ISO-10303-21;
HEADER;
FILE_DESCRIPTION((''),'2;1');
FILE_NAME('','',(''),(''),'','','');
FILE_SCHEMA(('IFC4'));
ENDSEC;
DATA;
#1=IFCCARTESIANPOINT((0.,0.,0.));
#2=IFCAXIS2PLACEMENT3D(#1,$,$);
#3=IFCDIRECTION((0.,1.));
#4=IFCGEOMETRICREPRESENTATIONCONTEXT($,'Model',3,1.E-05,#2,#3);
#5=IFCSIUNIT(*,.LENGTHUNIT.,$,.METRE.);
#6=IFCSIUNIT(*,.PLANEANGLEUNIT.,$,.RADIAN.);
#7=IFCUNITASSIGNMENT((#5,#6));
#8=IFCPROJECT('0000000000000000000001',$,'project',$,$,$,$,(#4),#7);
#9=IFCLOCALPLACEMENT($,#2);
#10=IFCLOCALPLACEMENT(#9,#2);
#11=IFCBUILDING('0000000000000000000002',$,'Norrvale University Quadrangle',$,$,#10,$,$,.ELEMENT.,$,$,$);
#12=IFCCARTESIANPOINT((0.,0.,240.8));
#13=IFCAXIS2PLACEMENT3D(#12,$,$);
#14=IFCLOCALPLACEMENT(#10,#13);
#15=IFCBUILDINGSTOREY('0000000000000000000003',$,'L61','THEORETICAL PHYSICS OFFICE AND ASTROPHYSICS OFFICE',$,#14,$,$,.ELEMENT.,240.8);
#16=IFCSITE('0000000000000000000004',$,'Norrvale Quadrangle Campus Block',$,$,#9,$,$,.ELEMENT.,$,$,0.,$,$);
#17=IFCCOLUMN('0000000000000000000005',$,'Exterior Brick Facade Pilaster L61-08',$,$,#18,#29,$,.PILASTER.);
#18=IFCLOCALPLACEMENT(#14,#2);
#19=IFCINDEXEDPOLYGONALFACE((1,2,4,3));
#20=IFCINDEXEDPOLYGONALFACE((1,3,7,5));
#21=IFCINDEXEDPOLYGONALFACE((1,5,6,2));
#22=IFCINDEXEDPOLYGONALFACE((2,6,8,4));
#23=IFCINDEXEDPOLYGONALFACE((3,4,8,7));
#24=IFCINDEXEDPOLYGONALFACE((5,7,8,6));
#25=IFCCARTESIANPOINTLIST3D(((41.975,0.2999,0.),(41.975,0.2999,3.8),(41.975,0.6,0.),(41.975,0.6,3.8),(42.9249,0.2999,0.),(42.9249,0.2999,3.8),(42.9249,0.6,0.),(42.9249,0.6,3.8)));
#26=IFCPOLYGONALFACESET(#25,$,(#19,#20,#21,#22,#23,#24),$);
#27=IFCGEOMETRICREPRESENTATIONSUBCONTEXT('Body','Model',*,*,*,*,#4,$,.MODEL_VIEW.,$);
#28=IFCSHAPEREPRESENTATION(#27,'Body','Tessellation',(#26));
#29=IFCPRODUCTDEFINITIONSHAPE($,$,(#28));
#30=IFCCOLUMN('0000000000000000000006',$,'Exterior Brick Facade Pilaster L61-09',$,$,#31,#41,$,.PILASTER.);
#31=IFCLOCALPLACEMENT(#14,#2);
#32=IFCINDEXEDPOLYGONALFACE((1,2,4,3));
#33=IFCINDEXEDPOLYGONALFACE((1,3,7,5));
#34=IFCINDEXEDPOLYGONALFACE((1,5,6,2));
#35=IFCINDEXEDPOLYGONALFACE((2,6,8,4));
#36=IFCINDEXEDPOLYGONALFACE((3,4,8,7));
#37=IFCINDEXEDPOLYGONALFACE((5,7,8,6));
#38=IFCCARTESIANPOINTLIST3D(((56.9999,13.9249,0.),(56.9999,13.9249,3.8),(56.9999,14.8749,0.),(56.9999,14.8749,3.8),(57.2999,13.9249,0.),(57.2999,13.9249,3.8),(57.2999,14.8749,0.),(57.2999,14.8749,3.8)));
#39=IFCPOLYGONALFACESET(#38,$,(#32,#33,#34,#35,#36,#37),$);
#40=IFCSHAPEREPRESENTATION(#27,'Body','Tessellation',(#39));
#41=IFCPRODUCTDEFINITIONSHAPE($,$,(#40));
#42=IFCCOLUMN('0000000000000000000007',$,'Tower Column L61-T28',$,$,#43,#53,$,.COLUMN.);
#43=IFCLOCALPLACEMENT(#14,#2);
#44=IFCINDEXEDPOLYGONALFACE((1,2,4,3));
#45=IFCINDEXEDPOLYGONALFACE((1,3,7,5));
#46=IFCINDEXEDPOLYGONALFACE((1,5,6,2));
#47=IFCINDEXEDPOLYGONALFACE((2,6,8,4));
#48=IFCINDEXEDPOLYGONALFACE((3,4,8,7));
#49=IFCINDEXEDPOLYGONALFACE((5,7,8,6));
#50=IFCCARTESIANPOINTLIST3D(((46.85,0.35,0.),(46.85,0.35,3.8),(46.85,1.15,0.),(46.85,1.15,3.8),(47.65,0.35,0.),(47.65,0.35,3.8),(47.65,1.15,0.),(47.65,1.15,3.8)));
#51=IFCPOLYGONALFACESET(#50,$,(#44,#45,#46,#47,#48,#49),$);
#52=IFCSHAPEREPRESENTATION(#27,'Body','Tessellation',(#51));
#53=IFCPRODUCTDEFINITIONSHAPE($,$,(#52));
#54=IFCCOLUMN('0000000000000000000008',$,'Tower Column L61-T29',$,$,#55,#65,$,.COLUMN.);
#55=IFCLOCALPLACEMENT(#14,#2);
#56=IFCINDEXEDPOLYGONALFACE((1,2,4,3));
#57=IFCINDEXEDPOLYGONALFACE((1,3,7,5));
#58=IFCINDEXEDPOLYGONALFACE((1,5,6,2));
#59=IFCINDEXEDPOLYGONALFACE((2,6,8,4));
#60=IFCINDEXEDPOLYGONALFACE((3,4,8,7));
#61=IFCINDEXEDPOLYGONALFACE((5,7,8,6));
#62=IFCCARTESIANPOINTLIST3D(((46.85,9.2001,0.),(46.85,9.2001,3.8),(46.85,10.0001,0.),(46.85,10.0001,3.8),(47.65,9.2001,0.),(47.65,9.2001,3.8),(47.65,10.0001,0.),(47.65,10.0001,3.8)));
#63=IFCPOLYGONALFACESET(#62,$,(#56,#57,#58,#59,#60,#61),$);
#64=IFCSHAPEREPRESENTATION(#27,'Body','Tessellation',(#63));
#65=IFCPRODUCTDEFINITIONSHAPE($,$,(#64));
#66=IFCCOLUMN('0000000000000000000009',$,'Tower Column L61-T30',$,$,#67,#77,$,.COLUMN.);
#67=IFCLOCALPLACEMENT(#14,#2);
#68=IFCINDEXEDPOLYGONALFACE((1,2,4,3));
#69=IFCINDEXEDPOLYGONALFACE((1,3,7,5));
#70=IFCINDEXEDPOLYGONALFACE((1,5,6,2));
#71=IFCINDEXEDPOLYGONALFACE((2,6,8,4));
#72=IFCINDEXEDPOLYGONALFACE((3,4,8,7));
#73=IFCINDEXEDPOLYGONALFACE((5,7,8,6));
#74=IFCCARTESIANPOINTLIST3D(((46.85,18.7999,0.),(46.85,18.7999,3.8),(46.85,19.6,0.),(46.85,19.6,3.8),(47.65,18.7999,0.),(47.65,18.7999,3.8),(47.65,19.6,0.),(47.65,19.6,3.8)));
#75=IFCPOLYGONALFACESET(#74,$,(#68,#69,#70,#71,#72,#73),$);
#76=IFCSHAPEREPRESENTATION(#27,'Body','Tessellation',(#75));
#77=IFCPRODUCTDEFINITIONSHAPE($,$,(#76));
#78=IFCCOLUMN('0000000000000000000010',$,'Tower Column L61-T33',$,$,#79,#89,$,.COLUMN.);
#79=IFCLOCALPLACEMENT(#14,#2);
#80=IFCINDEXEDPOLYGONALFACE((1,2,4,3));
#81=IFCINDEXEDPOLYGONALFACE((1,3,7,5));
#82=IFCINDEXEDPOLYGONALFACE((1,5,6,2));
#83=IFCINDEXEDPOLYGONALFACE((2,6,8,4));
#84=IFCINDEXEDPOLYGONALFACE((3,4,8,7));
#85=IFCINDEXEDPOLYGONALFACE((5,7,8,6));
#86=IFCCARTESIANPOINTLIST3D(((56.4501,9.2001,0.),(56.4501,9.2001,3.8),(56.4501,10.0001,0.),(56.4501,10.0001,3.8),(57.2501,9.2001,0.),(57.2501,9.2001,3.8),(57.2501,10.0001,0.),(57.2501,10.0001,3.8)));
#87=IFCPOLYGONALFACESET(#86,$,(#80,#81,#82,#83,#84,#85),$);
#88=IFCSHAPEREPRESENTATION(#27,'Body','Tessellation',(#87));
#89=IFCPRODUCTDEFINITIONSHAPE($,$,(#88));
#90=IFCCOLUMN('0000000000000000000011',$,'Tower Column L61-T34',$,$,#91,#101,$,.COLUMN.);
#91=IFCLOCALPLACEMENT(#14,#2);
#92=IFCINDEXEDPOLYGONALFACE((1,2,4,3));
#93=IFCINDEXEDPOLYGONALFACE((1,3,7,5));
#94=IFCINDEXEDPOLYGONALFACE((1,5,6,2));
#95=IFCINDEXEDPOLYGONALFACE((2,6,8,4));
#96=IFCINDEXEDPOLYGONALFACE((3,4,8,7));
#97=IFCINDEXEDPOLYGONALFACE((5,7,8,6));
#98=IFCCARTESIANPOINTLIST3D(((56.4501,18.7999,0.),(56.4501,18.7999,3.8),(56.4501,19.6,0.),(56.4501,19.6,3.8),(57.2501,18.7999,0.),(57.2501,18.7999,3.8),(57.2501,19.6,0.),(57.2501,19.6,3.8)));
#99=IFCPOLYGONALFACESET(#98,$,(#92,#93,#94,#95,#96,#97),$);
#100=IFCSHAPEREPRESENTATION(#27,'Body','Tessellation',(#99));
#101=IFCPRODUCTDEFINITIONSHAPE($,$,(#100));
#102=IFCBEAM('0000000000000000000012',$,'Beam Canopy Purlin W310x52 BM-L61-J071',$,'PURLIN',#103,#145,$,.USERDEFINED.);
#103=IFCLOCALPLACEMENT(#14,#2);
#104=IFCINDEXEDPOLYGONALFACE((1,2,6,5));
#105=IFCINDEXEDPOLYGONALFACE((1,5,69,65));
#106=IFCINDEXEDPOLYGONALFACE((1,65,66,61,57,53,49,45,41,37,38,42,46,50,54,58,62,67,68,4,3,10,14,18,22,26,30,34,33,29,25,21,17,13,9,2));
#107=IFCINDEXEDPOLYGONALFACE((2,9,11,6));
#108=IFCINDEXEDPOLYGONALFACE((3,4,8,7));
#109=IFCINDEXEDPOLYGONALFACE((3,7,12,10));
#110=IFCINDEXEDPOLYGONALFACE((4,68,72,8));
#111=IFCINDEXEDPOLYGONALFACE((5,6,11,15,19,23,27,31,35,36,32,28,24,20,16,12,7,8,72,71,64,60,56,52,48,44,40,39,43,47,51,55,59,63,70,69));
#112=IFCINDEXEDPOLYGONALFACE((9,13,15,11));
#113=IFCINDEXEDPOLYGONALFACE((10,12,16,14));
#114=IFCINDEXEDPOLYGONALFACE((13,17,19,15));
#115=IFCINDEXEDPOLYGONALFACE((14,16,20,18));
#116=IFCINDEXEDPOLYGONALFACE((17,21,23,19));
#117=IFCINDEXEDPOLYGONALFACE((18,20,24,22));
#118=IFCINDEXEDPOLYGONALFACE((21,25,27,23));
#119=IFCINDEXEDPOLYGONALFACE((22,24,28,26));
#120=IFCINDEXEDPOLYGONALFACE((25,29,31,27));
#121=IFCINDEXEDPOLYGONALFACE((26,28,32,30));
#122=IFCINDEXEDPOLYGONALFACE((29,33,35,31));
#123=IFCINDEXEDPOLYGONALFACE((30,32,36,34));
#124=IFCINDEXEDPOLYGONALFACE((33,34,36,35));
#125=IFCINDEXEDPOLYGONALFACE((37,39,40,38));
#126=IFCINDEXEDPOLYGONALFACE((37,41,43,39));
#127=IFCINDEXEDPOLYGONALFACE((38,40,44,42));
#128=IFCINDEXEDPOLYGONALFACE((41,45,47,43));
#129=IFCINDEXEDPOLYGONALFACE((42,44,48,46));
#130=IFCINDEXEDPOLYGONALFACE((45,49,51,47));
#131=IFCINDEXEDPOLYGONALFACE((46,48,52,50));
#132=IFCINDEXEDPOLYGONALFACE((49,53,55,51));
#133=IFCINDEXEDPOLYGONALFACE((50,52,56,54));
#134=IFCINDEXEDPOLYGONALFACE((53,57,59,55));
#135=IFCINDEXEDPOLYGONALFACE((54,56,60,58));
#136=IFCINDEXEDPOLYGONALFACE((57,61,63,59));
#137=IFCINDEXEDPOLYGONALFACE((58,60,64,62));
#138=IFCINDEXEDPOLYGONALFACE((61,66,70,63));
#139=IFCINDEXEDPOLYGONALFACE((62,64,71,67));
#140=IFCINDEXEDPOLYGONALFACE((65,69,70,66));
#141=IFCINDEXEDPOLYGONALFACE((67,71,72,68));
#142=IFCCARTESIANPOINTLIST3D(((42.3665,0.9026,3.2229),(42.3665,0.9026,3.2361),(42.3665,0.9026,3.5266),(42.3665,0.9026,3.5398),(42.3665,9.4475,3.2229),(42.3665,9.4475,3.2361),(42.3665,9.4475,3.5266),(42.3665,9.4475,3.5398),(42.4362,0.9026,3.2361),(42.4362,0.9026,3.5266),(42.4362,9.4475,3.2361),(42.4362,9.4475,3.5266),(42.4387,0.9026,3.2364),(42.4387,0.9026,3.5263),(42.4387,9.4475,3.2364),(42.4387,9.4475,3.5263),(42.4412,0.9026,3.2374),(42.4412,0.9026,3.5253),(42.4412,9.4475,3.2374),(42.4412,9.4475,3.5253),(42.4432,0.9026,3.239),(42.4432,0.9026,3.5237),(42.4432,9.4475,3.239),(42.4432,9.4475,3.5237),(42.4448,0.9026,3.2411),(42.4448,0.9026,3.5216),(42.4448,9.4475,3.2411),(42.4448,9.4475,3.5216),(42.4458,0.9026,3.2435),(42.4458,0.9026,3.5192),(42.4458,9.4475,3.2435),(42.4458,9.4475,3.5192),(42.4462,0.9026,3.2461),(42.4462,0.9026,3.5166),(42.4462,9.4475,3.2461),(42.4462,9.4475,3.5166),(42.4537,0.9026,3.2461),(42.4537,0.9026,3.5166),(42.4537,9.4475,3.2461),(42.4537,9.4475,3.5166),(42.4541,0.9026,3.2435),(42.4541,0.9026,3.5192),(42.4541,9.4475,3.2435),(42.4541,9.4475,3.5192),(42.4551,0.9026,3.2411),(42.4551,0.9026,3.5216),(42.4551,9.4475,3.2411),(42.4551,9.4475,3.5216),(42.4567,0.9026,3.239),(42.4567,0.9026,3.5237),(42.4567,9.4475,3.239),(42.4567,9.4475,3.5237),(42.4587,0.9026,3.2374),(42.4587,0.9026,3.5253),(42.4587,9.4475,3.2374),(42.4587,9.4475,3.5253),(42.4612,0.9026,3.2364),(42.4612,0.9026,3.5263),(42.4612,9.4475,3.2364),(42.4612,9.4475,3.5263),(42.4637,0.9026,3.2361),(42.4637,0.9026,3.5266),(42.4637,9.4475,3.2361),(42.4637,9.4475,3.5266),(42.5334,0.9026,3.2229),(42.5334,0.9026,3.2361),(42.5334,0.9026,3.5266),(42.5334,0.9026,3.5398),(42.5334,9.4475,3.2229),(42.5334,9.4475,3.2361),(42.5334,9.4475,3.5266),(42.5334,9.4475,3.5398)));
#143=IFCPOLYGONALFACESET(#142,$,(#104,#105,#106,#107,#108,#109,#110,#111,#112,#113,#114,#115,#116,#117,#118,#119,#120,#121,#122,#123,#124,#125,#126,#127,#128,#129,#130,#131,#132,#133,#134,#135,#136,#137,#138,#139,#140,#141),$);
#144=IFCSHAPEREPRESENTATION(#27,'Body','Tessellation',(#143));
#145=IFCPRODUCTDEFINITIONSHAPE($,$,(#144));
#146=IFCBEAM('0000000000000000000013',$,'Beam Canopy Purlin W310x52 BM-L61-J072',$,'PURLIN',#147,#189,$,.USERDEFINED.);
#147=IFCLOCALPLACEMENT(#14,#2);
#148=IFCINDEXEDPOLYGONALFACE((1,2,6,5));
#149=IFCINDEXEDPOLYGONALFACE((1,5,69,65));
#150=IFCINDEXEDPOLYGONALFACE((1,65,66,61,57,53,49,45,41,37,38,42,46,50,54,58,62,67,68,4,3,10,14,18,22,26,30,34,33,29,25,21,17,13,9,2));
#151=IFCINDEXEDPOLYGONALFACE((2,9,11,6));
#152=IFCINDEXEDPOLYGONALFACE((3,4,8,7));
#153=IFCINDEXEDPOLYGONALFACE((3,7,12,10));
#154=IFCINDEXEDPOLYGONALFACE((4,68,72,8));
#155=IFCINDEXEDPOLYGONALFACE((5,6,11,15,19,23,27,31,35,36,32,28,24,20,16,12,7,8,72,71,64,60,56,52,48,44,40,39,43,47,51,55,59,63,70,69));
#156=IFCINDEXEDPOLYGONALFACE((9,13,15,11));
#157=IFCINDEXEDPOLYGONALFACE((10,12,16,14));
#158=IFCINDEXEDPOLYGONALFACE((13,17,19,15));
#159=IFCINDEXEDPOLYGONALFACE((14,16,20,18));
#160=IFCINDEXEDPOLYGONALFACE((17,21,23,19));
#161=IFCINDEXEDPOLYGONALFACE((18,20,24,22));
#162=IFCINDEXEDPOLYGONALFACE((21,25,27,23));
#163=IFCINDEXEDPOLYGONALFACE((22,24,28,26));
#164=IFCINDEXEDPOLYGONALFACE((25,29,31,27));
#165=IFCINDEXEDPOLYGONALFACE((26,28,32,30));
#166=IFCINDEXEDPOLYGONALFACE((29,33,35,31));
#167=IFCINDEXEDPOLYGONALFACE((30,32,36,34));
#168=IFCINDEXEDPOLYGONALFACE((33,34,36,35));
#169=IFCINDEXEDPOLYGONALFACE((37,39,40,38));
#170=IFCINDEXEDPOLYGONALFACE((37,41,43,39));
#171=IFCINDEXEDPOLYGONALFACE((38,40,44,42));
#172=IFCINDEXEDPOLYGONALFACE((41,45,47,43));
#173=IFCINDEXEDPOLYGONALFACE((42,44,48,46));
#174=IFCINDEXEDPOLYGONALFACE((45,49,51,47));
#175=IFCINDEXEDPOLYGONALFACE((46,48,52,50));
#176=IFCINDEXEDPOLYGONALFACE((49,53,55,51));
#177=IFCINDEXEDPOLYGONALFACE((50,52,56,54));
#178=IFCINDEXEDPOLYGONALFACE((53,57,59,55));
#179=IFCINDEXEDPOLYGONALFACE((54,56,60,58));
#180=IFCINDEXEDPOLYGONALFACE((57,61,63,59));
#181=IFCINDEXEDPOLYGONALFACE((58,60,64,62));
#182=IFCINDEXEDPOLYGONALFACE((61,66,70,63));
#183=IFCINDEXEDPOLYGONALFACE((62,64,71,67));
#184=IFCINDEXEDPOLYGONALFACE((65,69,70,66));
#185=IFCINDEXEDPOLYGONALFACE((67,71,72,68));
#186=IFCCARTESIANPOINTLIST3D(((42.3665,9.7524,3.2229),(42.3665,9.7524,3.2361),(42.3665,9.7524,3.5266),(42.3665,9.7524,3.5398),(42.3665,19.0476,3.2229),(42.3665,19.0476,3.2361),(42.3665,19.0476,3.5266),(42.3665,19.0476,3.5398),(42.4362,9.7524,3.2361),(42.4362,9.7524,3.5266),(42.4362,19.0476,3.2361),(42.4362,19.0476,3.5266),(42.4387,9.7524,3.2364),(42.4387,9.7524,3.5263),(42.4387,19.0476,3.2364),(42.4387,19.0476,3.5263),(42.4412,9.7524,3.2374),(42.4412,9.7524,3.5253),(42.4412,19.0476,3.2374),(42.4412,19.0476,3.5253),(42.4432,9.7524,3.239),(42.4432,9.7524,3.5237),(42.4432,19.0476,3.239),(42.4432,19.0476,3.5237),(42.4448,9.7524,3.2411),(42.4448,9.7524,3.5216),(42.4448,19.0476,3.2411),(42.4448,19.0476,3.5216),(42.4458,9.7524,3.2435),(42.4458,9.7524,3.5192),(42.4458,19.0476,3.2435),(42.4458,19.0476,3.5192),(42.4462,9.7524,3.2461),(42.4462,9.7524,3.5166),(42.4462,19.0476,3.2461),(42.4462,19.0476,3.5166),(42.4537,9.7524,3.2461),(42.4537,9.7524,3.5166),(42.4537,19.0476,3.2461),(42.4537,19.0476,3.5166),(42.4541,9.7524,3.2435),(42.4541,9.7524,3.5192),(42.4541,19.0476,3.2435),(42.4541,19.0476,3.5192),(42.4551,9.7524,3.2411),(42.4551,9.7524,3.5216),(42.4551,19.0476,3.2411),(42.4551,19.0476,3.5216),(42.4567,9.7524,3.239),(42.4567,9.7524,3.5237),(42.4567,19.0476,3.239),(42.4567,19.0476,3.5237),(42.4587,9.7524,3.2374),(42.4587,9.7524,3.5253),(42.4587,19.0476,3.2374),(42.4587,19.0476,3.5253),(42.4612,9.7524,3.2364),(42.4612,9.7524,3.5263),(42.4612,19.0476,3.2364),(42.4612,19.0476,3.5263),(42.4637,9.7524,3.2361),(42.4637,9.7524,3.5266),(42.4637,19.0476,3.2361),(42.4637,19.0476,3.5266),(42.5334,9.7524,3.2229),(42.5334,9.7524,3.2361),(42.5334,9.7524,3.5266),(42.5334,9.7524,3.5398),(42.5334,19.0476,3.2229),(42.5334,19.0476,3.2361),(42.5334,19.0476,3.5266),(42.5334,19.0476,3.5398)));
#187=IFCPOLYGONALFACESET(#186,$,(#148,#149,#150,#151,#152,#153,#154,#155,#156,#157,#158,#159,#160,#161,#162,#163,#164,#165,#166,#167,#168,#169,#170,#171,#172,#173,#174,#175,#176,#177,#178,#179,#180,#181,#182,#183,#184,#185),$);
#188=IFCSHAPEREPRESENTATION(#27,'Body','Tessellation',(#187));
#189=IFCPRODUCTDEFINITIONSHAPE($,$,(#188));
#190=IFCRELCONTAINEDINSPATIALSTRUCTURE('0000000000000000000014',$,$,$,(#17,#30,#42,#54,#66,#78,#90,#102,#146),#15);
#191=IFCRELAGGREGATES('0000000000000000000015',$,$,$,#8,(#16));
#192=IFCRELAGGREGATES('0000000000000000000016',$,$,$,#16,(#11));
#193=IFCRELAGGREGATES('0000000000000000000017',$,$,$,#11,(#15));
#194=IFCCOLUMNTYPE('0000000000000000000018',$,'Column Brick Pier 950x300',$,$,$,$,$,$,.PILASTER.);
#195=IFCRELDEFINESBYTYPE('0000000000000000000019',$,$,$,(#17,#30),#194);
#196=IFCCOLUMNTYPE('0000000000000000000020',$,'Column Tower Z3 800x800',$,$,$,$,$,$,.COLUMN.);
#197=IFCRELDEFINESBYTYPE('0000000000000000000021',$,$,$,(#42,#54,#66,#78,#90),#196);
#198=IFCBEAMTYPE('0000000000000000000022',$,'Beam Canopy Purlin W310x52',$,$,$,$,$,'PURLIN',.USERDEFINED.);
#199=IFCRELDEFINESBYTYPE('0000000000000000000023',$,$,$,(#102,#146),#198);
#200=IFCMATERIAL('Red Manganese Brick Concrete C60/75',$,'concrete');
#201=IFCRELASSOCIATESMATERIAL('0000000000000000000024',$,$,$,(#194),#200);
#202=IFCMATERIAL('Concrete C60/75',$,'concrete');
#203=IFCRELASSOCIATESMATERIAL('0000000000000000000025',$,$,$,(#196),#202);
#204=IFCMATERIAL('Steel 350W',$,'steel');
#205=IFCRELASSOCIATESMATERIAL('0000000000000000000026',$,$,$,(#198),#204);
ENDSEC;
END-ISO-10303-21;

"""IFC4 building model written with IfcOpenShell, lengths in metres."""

from ifc_helpers import new_model, si_unit, direction, frame, origin, origin_2d, place, context, subcontext, project, spatial, rectangle, i_section, extrude, material, material_profile, profile_set, type_object, element, save


model = new_model("IFC4")

# Units and contexts
model_context = context("Model", 3, precision=1e-05, world=origin(), true_north=direction((0.0, 1.0)))
body_context = subcontext(model_context, "Body", "Model", "MODEL_VIEW")
ifc_project = project(units=[si_unit("LENGTHUNIT", "METRE"), si_unit("PLANEANGLEUNIT", "RADIAN")], contexts=[model_context])

# Site, building, storey
site_placement = place(None, origin())
site = spatial("IfcSite", under=ifc_project, at=site_placement, Name="Norrvale Quadrangle Campus Block", CompositionType="ELEMENT", RefElevation=0.0)
building_placement = place(site_placement, origin())
building = spatial("IfcBuilding", under=site, at=building_placement, Name="Norrvale University Quadrangle", CompositionType="ELEMENT")
storey_placement = place(building_placement, frame((0.0, 0.0, 240.8)))
storey = spatial("IfcBuildingStorey", under=building, at=storey_placement, Name="L61", Description="THEORETICAL PHYSICS OFFICE AND ASTROPHYSICS OFFICE", CompositionType="ELEMENT", Elevation=240.8)

# Columns
ifc_material_1 = material(Name="Red Manganese Brick Concrete C60/75", Category="concrete")
ifc_material_profile_1 = material_profile(ifc_material_1, rectangle(XDim=0.95, YDim=0.3, at=origin_2d()), Name="Red Manganese Brick Concrete C60/75")
ifc_profile_set_1 = profile_set([ifc_material_profile_1], Name="Red Manganese Brick Concrete C60/75")
column_type_1 = type_object("IfcColumnType", Name="Column Brick Pier 950x300", PredefinedType="PILASTER", material=ifc_profile_set_1)
for number, where, z_axis, x_axis, name in (
    (1, (42.45, 0.45, 0.0), (0.0, 0.0, 1.0), (1.0, 0.0, 0.0), "Exterior Brick Facade Pilaster L61-08"),
    (2, (57.1499, 14.3999, 0.0), (0.0, 0.0, 1.0), (0.0, 1.0, 0.0), "Exterior Brick Facade Pilaster L61-09"),
):
    element("IfcColumn", number, at=place(storey_placement, frame(where, z_axis=z_axis, x_axis=x_axis)), inside=storey, type_object=column_type_1, Name=name, PredefinedType="PILASTER", context=body_context, shape_type="SweptSolid", body=[
        extrude(rectangle(XDim=0.95, YDim=0.3, at=origin_2d()), origin(), (0.0, 0.0, 1.0), 3.8),
    ])
ifc_material_2 = material(Name="Concrete C60/75", Category="concrete")
ifc_material_profile_2 = material_profile(ifc_material_2, rectangle(XDim=0.8, YDim=0.8, at=origin_2d()), Name="Concrete C60/75")
ifc_profile_set_2 = profile_set([ifc_material_profile_2], Name="Concrete C60/75")
column_type_2 = type_object("IfcColumnType", Name="Column Tower Z3 800x800", PredefinedType="COLUMN", material=ifc_profile_set_2)
for number, where, z_axis, x_axis, name in (
    (3, (47.25, 0.75, 0.0), (0.0, 0.0, 1.0), (1.0, 0.0, 0.0), "Tower Column L61-T28"),
    (4, (47.25, 9.6001, 0.0), (0.0, 0.0, 1.0), (1.0, 0.0, 0.0), "Tower Column L61-T29"),
    (5, (47.25, 19.2, 0.0), (0.0, 0.0, 1.0), (1.0, 0.0, 0.0), "Tower Column L61-T30"),
    (6, (56.8501, 9.6001, 0.0), (0.0, 0.0, 1.0), (1.0, 0.0, 0.0), "Tower Column L61-T33"),
    (7, (56.8501, 19.2, 0.0), (0.0, 0.0, 1.0), (1.0, 0.0, 0.0), "Tower Column L61-T34"),
):
    element("IfcColumn", number, at=place(storey_placement, frame(where, z_axis=z_axis, x_axis=x_axis)), inside=storey, type_object=column_type_2, Name=name, PredefinedType="COLUMN", context=body_context, shape_type="SweptSolid", body=[
        extrude(rectangle(XDim=0.8, YDim=0.8, at=origin_2d()), origin(), (0.0, 0.0, 1.0), 3.8),
    ])

# Beams
ifc_material_3 = material(Name="Steel 350W", Category="steel")
ifc_material_profile_3 = material_profile(ifc_material_3, i_section(OverallWidth=0.167, OverallDepth=0.3169, WebThickness=0.0076, FlangeThickness=0.0132, FilletRadius=0.01, at=origin_2d()), Name="Steel 350W")
ifc_profile_set_3 = profile_set([ifc_material_profile_3], Name="Steel 350W")
beam_type_1 = type_object("IfcBeamType", Name="Beam Canopy Purlin W310x52", ElementType="PURLIN", PredefinedType="USERDEFINED", material=ifc_profile_set_3)
beam_1_placement = place(storey_placement, frame((42.45, 0.9026, 3.3813), z_axis=(0.0, 1.0, 0.0), x_axis=(-1.0, 0.0, 0.0)))
element("IfcBeam", 8, at=beam_1_placement, inside=storey, type_object=beam_type_1, Name="Beam Canopy Purlin W310x52 BM-L61-J071", ObjectType="PURLIN", PredefinedType="USERDEFINED", context=body_context, shape_type="SweptSolid", body=[
    extrude(i_section(OverallWidth=0.167, OverallDepth=0.3169, WebThickness=0.0076, FlangeThickness=0.0132, FilletRadius=0.01, at=origin_2d()), origin(), (0.0, 0.0, 1.0), 8.5449),
])
for number, where, z_axis, x_axis, name in (
    (9, (42.45, 9.7524, 3.3813), (0.0, 1.0, 0.0), (-1.0, 0.0, 0.0), "Beam Canopy Purlin W310x52 BM-L61-J072"),
):
    element("IfcBeam", number, at=place(storey_placement, frame(where, z_axis=z_axis, x_axis=x_axis)), inside=storey, type_object=beam_type_1, Name=name, ObjectType="PURLIN", PredefinedType="USERDEFINED", context=body_context, shape_type="SweptSolid", body=[
        extrude(i_section(OverallWidth=0.167, OverallDepth=0.3169, WebThickness=0.0076, FlangeThickness=0.0132, FilletRadius=0.01, at=origin_2d()), origin(), (0.0, 0.0, 1.0), 9.2952),
    ])

save(model, "model.ifc")
